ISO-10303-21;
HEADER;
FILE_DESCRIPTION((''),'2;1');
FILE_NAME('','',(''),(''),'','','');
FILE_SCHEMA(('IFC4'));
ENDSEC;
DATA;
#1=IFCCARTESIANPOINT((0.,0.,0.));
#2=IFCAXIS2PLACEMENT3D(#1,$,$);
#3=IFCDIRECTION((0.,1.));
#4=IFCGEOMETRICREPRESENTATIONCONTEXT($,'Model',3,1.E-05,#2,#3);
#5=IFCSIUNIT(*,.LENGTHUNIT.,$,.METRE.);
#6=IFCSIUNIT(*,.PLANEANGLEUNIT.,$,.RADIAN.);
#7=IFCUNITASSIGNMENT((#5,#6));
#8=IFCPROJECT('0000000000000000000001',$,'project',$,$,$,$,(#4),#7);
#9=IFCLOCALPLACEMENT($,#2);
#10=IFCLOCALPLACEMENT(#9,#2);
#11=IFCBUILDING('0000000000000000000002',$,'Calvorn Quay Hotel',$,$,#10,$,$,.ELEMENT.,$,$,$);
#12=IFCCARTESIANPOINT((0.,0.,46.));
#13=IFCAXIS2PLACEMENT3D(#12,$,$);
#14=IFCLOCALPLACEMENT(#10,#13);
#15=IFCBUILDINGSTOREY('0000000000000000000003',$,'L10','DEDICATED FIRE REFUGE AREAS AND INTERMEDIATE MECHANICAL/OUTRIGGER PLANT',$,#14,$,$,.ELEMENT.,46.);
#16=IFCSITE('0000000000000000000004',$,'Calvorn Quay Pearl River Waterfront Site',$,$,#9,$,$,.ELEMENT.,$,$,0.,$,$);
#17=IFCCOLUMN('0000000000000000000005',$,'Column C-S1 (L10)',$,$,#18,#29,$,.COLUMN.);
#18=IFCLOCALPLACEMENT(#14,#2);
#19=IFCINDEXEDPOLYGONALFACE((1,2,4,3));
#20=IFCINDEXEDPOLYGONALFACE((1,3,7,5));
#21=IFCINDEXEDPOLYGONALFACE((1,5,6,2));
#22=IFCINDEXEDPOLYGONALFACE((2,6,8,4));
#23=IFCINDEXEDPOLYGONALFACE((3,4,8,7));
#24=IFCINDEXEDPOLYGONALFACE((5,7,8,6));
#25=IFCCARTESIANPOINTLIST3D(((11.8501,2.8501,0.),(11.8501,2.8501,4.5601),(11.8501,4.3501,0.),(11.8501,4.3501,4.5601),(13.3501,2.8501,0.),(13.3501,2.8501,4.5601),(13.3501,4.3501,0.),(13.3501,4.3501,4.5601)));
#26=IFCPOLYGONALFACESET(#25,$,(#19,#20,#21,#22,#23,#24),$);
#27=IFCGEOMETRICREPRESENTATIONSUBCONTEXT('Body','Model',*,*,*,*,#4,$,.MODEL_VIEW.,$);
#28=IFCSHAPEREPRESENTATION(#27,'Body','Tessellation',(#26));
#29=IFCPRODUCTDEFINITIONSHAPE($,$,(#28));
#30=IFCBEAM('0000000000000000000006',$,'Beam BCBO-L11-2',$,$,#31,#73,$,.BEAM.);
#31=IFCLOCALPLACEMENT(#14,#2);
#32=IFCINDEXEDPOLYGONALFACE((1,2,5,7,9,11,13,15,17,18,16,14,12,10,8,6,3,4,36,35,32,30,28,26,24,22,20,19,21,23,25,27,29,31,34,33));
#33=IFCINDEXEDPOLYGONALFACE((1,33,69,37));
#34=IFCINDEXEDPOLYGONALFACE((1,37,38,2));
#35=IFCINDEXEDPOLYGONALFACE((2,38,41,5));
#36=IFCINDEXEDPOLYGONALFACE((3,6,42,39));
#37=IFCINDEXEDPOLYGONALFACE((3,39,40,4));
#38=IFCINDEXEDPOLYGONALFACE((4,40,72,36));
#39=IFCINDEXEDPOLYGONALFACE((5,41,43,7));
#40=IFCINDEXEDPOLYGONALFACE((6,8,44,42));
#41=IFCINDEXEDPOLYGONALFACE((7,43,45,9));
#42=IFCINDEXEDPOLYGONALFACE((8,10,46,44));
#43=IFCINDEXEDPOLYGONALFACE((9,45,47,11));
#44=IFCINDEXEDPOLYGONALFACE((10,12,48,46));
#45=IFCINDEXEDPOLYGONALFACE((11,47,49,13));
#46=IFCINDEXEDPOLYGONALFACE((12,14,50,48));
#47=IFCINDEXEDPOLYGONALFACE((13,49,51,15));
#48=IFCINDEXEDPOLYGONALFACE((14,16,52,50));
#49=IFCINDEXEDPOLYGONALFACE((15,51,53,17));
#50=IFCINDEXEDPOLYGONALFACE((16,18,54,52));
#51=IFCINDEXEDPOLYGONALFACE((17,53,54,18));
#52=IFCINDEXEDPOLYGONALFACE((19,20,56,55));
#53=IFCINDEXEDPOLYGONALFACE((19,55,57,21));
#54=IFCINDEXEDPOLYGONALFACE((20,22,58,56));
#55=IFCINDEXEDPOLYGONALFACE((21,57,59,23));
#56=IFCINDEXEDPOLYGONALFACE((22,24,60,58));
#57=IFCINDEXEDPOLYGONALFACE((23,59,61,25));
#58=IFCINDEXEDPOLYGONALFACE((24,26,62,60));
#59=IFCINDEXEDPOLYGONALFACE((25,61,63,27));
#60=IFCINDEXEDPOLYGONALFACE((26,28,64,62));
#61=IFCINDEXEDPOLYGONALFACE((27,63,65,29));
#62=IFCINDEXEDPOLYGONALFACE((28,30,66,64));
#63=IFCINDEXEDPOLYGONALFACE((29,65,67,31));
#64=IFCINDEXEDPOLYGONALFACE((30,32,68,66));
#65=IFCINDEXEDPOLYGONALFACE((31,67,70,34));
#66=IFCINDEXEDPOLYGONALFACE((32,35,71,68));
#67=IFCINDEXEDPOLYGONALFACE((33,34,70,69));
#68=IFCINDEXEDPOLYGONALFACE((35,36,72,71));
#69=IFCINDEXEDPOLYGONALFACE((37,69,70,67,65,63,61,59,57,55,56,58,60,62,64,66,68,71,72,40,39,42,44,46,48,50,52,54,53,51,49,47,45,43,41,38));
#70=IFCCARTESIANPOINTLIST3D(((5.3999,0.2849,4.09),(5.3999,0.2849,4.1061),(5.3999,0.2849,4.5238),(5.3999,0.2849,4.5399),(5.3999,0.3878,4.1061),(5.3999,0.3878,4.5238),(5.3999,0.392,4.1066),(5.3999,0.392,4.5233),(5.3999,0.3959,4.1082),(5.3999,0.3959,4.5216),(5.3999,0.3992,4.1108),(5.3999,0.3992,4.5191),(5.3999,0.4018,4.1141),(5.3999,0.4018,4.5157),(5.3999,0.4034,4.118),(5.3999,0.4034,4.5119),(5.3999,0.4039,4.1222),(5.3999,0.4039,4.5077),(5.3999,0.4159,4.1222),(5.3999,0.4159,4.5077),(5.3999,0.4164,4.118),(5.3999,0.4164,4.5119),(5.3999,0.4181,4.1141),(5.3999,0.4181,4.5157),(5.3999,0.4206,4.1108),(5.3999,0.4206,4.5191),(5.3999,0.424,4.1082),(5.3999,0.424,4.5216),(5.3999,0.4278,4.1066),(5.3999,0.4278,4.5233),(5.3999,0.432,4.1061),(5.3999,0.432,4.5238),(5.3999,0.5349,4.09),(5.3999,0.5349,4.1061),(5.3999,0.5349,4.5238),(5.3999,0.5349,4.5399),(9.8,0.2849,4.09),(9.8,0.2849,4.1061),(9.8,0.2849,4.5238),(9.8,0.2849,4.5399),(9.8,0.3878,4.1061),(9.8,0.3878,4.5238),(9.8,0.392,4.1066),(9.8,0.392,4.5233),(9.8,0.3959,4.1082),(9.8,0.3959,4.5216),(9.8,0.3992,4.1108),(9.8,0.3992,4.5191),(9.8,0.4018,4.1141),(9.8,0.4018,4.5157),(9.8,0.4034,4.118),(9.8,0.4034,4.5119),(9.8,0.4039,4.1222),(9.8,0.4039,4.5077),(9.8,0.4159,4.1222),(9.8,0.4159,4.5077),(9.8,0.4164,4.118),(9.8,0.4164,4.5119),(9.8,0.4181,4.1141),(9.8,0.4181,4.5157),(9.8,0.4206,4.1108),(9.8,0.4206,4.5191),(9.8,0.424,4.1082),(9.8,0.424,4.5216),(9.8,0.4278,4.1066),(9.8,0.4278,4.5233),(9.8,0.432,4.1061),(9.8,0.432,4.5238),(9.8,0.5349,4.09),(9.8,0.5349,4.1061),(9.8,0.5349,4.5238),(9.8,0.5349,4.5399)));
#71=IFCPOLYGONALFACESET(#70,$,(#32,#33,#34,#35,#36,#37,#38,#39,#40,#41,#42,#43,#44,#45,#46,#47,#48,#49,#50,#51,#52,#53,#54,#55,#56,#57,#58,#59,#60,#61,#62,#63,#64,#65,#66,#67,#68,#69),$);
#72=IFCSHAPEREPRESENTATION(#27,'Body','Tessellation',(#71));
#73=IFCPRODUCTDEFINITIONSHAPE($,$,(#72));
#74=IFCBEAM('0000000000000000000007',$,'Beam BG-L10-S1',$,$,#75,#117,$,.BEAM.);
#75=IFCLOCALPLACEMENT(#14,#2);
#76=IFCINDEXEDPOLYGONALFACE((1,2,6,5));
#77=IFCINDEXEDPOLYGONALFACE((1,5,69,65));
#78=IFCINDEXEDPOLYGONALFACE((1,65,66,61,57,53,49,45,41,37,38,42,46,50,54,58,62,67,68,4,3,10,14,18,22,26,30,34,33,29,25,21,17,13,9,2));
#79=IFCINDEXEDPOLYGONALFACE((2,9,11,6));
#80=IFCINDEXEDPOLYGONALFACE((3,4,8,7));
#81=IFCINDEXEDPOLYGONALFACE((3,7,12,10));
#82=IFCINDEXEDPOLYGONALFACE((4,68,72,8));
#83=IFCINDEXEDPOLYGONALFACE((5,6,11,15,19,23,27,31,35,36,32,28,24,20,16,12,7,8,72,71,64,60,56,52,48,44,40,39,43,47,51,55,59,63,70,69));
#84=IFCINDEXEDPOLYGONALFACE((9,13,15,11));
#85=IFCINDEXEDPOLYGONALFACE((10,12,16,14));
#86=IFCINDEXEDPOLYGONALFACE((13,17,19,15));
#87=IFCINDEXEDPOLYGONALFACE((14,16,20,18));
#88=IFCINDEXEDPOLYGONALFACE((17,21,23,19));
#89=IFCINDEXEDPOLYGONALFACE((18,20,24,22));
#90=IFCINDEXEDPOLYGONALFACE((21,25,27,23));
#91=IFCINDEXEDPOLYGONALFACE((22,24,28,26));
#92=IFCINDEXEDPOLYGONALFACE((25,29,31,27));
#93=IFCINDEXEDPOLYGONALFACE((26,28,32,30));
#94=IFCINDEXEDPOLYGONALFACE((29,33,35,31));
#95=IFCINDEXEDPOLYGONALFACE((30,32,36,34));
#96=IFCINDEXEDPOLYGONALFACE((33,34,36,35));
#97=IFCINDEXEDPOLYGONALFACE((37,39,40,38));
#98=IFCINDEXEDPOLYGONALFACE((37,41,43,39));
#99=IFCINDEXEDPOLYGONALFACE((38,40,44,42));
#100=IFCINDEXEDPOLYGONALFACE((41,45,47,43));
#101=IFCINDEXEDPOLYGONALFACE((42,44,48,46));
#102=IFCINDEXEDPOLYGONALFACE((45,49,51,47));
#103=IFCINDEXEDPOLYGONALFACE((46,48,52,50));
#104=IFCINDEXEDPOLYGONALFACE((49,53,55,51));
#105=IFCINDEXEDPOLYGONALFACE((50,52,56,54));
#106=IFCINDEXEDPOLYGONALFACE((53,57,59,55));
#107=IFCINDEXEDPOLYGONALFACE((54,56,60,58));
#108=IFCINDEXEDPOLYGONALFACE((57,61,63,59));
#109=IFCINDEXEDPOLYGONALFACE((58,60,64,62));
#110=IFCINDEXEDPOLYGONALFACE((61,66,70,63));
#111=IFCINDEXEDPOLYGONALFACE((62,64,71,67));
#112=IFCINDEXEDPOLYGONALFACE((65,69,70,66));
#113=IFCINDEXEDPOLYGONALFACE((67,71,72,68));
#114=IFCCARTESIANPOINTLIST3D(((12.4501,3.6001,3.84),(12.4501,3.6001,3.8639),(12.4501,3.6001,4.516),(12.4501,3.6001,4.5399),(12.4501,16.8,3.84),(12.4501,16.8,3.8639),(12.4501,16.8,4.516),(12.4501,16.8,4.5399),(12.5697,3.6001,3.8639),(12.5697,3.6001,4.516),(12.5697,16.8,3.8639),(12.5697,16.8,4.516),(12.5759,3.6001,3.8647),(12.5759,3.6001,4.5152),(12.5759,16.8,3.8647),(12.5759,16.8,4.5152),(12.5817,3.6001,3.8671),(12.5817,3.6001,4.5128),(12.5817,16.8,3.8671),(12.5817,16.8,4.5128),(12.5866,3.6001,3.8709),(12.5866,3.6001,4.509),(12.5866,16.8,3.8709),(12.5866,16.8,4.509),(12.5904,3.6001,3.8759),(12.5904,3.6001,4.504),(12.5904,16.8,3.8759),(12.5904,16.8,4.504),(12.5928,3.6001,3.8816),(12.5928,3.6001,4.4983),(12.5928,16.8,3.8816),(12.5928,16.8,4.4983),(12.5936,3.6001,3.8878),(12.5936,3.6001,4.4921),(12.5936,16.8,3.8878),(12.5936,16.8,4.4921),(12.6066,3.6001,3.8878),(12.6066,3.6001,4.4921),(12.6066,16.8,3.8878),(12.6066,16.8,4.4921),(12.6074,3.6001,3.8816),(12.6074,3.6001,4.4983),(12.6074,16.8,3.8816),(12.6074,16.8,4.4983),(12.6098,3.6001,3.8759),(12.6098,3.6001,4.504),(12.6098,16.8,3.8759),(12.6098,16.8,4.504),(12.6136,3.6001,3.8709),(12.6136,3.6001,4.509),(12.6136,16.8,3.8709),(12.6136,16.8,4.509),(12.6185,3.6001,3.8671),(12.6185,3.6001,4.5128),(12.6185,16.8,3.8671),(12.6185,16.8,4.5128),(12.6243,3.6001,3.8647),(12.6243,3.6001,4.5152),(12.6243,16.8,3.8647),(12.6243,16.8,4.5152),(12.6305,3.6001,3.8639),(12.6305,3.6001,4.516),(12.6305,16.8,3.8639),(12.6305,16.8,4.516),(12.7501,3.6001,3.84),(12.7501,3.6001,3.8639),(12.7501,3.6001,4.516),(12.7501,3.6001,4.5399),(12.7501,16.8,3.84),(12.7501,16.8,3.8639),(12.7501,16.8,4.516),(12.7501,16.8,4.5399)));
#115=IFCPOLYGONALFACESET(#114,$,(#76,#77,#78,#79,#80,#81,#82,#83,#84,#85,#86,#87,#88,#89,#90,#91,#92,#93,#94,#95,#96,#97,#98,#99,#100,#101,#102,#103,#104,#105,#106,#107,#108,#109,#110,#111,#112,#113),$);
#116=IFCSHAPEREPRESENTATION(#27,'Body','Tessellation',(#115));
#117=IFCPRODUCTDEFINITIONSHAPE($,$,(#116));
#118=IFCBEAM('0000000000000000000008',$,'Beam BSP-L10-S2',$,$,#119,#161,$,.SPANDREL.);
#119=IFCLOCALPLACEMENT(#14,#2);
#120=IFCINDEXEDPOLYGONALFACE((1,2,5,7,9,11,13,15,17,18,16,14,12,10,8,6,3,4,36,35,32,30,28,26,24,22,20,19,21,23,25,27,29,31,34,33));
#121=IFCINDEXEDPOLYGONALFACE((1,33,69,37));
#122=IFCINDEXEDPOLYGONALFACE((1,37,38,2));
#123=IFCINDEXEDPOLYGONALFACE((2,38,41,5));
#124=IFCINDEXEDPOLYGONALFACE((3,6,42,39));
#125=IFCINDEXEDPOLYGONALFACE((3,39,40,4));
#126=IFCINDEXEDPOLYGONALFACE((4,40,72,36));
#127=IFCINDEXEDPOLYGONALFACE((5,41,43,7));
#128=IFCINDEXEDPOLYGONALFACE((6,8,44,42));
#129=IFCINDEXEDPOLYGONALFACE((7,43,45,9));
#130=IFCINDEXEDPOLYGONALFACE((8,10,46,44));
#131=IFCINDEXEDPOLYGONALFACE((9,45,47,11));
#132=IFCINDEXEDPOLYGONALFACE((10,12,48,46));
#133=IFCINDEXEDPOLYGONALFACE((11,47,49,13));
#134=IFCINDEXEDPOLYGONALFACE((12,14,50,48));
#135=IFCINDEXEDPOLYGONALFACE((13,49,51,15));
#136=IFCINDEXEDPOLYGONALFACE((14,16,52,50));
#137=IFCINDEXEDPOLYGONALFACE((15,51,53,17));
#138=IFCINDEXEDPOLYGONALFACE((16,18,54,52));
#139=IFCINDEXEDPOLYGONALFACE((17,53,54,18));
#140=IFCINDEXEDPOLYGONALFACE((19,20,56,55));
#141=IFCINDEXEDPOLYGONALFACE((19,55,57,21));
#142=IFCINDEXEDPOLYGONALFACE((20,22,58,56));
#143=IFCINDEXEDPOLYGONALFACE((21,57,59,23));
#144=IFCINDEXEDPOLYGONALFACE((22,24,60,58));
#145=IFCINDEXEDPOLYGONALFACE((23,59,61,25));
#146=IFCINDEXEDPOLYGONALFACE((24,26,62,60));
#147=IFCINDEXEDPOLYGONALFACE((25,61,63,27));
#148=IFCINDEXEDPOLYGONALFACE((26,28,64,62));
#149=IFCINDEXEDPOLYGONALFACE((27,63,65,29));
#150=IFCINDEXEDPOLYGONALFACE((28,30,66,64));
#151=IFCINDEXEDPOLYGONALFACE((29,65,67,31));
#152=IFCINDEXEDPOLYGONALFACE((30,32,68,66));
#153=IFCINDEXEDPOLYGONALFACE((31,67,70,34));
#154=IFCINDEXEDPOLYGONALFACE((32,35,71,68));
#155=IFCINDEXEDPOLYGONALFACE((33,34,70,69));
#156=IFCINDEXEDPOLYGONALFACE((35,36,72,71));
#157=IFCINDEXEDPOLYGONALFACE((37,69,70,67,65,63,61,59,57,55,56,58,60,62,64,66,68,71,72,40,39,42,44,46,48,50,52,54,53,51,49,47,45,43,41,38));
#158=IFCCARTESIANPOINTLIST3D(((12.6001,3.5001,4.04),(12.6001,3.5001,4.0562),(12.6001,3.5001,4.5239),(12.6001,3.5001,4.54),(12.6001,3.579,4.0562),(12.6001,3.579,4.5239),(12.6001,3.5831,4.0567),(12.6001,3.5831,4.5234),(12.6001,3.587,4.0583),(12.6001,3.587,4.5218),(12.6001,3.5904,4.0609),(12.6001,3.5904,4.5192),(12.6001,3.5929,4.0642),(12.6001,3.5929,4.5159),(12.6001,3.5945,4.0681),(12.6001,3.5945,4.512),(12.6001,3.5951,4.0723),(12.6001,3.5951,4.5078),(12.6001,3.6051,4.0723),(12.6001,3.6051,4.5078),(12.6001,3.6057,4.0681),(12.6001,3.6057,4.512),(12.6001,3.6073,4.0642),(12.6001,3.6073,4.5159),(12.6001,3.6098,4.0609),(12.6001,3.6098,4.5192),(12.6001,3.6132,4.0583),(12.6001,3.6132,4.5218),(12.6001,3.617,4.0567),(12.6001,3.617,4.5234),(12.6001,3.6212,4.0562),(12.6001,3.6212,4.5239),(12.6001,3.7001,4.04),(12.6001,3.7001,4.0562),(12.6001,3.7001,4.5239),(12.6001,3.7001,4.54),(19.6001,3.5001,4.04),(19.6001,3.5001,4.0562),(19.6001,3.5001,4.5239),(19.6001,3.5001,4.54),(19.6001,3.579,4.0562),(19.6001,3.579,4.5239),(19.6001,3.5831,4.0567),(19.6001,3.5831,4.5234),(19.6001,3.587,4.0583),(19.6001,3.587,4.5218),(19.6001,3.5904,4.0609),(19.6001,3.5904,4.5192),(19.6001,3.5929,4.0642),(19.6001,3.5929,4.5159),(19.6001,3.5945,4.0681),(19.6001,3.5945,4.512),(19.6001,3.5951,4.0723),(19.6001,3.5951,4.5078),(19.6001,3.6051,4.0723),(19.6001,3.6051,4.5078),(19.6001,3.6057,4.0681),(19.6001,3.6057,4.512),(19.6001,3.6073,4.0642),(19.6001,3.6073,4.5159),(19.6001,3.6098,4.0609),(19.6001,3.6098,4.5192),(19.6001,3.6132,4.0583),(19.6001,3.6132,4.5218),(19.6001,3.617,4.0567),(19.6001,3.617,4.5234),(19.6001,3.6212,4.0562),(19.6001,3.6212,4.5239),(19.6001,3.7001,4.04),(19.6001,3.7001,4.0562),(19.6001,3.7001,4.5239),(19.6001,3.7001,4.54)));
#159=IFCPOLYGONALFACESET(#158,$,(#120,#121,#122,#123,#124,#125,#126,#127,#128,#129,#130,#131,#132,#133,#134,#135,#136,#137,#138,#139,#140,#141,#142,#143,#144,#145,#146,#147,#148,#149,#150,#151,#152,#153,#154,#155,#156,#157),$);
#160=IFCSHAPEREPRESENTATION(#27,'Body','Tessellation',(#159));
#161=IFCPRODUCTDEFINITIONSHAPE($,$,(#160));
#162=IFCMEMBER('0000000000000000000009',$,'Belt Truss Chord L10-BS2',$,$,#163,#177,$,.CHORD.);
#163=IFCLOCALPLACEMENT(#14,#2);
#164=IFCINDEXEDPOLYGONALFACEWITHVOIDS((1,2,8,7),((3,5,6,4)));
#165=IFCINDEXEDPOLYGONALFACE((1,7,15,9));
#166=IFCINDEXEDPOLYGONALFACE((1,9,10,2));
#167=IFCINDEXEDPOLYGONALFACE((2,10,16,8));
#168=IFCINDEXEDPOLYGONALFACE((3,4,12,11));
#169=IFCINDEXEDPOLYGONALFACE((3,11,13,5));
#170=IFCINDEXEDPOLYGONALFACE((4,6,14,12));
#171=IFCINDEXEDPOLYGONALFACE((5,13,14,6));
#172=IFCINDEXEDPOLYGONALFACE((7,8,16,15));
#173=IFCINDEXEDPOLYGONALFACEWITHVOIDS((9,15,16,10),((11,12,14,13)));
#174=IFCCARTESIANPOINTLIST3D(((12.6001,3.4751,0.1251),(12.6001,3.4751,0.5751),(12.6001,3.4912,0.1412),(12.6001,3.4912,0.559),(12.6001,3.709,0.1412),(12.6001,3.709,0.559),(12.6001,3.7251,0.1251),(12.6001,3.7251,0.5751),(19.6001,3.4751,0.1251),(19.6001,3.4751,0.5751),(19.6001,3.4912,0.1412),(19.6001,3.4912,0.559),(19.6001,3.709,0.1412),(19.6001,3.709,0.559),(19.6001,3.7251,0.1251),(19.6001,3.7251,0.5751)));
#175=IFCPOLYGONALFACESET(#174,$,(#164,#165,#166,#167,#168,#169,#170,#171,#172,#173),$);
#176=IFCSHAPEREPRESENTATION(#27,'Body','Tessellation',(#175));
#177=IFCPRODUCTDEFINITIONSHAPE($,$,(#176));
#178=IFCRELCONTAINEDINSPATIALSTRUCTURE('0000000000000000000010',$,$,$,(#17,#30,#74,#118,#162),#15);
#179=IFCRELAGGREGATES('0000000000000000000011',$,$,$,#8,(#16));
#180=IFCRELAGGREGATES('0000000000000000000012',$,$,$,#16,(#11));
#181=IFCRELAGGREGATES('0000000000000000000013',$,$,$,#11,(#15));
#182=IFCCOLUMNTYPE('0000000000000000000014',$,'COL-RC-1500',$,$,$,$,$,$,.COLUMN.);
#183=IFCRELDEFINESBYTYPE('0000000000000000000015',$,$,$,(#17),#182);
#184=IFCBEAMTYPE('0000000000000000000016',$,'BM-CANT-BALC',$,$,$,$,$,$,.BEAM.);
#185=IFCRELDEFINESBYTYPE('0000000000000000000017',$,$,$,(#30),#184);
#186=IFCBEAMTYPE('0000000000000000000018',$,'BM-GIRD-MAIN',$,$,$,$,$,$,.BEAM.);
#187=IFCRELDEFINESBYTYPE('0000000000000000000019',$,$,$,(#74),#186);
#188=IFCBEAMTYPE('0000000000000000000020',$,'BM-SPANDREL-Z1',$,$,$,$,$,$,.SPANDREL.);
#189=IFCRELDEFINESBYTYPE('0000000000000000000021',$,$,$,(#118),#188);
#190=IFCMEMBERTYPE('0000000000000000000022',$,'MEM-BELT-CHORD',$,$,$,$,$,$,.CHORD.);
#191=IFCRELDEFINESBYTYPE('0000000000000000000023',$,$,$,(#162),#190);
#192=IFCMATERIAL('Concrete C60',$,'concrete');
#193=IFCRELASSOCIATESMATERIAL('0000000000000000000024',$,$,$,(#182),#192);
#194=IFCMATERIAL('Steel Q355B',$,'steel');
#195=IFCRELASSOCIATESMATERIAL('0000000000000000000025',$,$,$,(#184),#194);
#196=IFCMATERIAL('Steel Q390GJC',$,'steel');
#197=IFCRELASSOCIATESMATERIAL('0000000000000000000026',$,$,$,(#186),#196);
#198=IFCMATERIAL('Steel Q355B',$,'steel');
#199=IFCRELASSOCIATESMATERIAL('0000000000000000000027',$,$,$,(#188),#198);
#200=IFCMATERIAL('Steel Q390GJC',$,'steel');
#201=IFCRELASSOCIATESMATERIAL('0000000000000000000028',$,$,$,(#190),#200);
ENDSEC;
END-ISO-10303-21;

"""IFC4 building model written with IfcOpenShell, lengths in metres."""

from ifc_helpers import new_model, si_unit, direction, frame, origin, origin_2d, place, context, subcontext, project, spatial, rectangle, hollow_rectangle, i_section, extrude, material, material_profile, profile_set, type_object, element, save


model = new_model("IFC4")

# Units and contexts
model_context = context("Model", 3, precision=1e-05, world=origin(), true_north=direction((0.0, 1.0)))
body_context = subcontext(model_context, "Body", "Model", "MODEL_VIEW")
ifc_project = project(units=[si_unit("LENGTHUNIT", "METRE"), si_unit("PLANEANGLEUNIT", "RADIAN")], contexts=[model_context])

# Site, building, storey
site_placement = place(None, origin())
site = spatial("IfcSite", under=ifc_project, at=site_placement, Name="Calvorn Quay Pearl River Waterfront Site", CompositionType="ELEMENT", RefElevation=0.0)
building_placement = place(site_placement, origin())
building = spatial("IfcBuilding", under=site, at=building_placement, Name="Calvorn Quay Hotel", CompositionType="ELEMENT")
storey_placement = place(building_placement, frame((0.0, 0.0, 46.0)))
storey = spatial("IfcBuildingStorey", under=building, at=storey_placement, Name="L10", Description="DEDICATED FIRE REFUGE AREAS AND INTERMEDIATE MECHANICAL/OUTRIGGER PLANT", CompositionType="ELEMENT", Elevation=46.0)

# Column
ifc_material_1 = material(Name="Concrete C60", Category="concrete")
ifc_material_profile_1 = material_profile(ifc_material_1, rectangle(XDim=1.5, YDim=1.5, at=origin_2d()), Name="RC1500x1500")
ifc_profile_set_1 = profile_set([ifc_material_profile_1], Name="Concrete C60")
column_type = type_object("IfcColumnType", Name="COL-RC-1500", PredefinedType="COLUMN", material=ifc_profile_set_1)
column_placement = place(storey_placement, frame((12.6001, 3.6001, 0.0), z_axis=(0.0, 0.0, 1.0), x_axis=(1.0, 0.0, 0.0)))
element("IfcColumn", 1, at=column_placement, inside=storey, type_object=column_type, Name="Column C-S1 (L10)", PredefinedType="COLUMN", context=body_context, shape_type="SweptSolid", body=[
    extrude(rectangle(XDim=1.5, YDim=1.5, at=origin_2d()), origin(), (0.0, 0.0, 1.0), 4.5601),
])

# Beams
ifc_material_2 = material(Name="Steel Q355B", Category="steel")
ifc_material_profile_2 = material_profile(ifc_material_2, i_section(OverallWidth=0.25, OverallDepth=0.45, WebThickness=0.012, FlangeThickness=0.0161, FilletRadius=0.0161, at=origin_2d()), Name="HN450x250x12x16")
ifc_profile_set_2 = profile_set([ifc_material_profile_2], Name="Steel Q355B")
beam_type_1 = type_object("IfcBeamType", Name="BM-CANT-BALC", PredefinedType="BEAM", material=ifc_profile_set_2)
beam_1_placement = place(storey_placement, frame((5.3999, 0.4099, 4.3149), z_axis=(1.0, 0.0, 0.0), x_axis=(0.0, 1.0, 0.0)))
element("IfcBeam", 2, at=beam_1_placement, inside=storey, type_object=beam_type_1, Name="Beam BCBO-L11-2", PredefinedType="BEAM", context=body_context, shape_type="SweptSolid", body=[
    extrude(i_section(OverallWidth=0.25, OverallDepth=0.45, WebThickness=0.012, FlangeThickness=0.0161, FilletRadius=0.0161, at=origin_2d()), origin(), (0.0, 0.0, 1.0), 4.4001),
])
ifc_material_3 = material(Name="Steel Q390GJC", Category="steel")
ifc_material_profile_3 = material_profile(ifc_material_3, i_section(OverallWidth=0.3, OverallDepth=0.7, WebThickness=0.0129, FlangeThickness=0.0239, FilletRadius=0.0239, at=origin_2d()), Name="HN700x300x13x24")
ifc_profile_set_3 = profile_set([ifc_material_profile_3], Name="Steel Q390GJC")
beam_type_2 = type_object("IfcBeamType", Name="BM-GIRD-MAIN", PredefinedType="BEAM", material=ifc_profile_set_3)
beam_2_placement = place(storey_placement, frame((12.6001, 3.6001, 4.1899), z_axis=(0.0, 1.0, 0.0), x_axis=(-1.0, 0.0, 0.0)))
element("IfcBeam", 3, at=beam_2_placement, inside=storey, type_object=beam_type_2, Name="Beam BG-L10-S1", PredefinedType="BEAM", context=body_context, shape_type="SweptSolid", body=[
    extrude(i_section(OverallWidth=0.3, OverallDepth=0.7, WebThickness=0.0129, FlangeThickness=0.0239, FilletRadius=0.0239, at=origin_2d()), origin(), (0.0, 0.0, 1.0), 13.2),
])
ifc_material_4 = material(Name="Steel Q355B", Category="steel")
ifc_material_profile_4 = material_profile(ifc_material_4, i_section(OverallWidth=0.2, OverallDepth=0.5, WebThickness=0.01, FlangeThickness=0.0161, FilletRadius=0.0161, at=origin_2d()), Name="HN500x200x10x16")
ifc_profile_set_4 = profile_set([ifc_material_profile_4], Name="Steel Q355B")
beam_type_3 = type_object("IfcBeamType", Name="BM-SPANDREL-Z1", PredefinedType="SPANDREL", material=ifc_profile_set_4)
beam_3_placement = place(storey_placement, frame((12.6001, 3.6001, 4.29), z_axis=(1.0, 0.0, 0.0), x_axis=(0.0, 1.0, 0.0)))
element("IfcBeam", 4, at=beam_3_placement, inside=storey, type_object=beam_type_3, Name="Beam BSP-L10-S2", PredefinedType="SPANDREL", context=body_context, shape_type="SweptSolid", body=[
    extrude(i_section(OverallWidth=0.2, OverallDepth=0.5, WebThickness=0.01, FlangeThickness=0.0161, FilletRadius=0.0161, at=origin_2d()), origin(), (0.0, 0.0, 1.0), 7.0),
])

# Member
ifc_material_5 = material(Name="Steel Q390GJC", Category="steel")
ifc_material_profile_5 = material_profile(ifc_material_5, hollow_rectangle(XDim=0.25, YDim=0.45, WallThickness=0.0161, at=origin_2d()), Name="RHS450x250x16")
ifc_profile_set_5 = profile_set([ifc_material_profile_5], Name="Steel Q390GJC")
member_type_1 = type_object("IfcMemberType", Name="MEM-BELT-CHORD", PredefinedType="CHORD", material=ifc_profile_set_5)
member_1_placement = place(storey_placement, frame((12.6001, 3.6001, 0.3501), z_axis=(1.0, 0.0, 0.0), x_axis=(0.0, 1.0, 0.0)))
element("IfcMember", 5, at=member_1_placement, inside=storey, type_object=member_type_1, Name="Belt Truss Chord L10-BS2", PredefinedType="CHORD", context=body_context, shape_type="SweptSolid", body=[
    extrude(hollow_rectangle(XDim=0.25, YDim=0.45, WallThickness=0.0161, at=origin_2d()), origin(), (0.0, 0.0, 1.0), 7.0),
])

save(model, "model.ifc")
